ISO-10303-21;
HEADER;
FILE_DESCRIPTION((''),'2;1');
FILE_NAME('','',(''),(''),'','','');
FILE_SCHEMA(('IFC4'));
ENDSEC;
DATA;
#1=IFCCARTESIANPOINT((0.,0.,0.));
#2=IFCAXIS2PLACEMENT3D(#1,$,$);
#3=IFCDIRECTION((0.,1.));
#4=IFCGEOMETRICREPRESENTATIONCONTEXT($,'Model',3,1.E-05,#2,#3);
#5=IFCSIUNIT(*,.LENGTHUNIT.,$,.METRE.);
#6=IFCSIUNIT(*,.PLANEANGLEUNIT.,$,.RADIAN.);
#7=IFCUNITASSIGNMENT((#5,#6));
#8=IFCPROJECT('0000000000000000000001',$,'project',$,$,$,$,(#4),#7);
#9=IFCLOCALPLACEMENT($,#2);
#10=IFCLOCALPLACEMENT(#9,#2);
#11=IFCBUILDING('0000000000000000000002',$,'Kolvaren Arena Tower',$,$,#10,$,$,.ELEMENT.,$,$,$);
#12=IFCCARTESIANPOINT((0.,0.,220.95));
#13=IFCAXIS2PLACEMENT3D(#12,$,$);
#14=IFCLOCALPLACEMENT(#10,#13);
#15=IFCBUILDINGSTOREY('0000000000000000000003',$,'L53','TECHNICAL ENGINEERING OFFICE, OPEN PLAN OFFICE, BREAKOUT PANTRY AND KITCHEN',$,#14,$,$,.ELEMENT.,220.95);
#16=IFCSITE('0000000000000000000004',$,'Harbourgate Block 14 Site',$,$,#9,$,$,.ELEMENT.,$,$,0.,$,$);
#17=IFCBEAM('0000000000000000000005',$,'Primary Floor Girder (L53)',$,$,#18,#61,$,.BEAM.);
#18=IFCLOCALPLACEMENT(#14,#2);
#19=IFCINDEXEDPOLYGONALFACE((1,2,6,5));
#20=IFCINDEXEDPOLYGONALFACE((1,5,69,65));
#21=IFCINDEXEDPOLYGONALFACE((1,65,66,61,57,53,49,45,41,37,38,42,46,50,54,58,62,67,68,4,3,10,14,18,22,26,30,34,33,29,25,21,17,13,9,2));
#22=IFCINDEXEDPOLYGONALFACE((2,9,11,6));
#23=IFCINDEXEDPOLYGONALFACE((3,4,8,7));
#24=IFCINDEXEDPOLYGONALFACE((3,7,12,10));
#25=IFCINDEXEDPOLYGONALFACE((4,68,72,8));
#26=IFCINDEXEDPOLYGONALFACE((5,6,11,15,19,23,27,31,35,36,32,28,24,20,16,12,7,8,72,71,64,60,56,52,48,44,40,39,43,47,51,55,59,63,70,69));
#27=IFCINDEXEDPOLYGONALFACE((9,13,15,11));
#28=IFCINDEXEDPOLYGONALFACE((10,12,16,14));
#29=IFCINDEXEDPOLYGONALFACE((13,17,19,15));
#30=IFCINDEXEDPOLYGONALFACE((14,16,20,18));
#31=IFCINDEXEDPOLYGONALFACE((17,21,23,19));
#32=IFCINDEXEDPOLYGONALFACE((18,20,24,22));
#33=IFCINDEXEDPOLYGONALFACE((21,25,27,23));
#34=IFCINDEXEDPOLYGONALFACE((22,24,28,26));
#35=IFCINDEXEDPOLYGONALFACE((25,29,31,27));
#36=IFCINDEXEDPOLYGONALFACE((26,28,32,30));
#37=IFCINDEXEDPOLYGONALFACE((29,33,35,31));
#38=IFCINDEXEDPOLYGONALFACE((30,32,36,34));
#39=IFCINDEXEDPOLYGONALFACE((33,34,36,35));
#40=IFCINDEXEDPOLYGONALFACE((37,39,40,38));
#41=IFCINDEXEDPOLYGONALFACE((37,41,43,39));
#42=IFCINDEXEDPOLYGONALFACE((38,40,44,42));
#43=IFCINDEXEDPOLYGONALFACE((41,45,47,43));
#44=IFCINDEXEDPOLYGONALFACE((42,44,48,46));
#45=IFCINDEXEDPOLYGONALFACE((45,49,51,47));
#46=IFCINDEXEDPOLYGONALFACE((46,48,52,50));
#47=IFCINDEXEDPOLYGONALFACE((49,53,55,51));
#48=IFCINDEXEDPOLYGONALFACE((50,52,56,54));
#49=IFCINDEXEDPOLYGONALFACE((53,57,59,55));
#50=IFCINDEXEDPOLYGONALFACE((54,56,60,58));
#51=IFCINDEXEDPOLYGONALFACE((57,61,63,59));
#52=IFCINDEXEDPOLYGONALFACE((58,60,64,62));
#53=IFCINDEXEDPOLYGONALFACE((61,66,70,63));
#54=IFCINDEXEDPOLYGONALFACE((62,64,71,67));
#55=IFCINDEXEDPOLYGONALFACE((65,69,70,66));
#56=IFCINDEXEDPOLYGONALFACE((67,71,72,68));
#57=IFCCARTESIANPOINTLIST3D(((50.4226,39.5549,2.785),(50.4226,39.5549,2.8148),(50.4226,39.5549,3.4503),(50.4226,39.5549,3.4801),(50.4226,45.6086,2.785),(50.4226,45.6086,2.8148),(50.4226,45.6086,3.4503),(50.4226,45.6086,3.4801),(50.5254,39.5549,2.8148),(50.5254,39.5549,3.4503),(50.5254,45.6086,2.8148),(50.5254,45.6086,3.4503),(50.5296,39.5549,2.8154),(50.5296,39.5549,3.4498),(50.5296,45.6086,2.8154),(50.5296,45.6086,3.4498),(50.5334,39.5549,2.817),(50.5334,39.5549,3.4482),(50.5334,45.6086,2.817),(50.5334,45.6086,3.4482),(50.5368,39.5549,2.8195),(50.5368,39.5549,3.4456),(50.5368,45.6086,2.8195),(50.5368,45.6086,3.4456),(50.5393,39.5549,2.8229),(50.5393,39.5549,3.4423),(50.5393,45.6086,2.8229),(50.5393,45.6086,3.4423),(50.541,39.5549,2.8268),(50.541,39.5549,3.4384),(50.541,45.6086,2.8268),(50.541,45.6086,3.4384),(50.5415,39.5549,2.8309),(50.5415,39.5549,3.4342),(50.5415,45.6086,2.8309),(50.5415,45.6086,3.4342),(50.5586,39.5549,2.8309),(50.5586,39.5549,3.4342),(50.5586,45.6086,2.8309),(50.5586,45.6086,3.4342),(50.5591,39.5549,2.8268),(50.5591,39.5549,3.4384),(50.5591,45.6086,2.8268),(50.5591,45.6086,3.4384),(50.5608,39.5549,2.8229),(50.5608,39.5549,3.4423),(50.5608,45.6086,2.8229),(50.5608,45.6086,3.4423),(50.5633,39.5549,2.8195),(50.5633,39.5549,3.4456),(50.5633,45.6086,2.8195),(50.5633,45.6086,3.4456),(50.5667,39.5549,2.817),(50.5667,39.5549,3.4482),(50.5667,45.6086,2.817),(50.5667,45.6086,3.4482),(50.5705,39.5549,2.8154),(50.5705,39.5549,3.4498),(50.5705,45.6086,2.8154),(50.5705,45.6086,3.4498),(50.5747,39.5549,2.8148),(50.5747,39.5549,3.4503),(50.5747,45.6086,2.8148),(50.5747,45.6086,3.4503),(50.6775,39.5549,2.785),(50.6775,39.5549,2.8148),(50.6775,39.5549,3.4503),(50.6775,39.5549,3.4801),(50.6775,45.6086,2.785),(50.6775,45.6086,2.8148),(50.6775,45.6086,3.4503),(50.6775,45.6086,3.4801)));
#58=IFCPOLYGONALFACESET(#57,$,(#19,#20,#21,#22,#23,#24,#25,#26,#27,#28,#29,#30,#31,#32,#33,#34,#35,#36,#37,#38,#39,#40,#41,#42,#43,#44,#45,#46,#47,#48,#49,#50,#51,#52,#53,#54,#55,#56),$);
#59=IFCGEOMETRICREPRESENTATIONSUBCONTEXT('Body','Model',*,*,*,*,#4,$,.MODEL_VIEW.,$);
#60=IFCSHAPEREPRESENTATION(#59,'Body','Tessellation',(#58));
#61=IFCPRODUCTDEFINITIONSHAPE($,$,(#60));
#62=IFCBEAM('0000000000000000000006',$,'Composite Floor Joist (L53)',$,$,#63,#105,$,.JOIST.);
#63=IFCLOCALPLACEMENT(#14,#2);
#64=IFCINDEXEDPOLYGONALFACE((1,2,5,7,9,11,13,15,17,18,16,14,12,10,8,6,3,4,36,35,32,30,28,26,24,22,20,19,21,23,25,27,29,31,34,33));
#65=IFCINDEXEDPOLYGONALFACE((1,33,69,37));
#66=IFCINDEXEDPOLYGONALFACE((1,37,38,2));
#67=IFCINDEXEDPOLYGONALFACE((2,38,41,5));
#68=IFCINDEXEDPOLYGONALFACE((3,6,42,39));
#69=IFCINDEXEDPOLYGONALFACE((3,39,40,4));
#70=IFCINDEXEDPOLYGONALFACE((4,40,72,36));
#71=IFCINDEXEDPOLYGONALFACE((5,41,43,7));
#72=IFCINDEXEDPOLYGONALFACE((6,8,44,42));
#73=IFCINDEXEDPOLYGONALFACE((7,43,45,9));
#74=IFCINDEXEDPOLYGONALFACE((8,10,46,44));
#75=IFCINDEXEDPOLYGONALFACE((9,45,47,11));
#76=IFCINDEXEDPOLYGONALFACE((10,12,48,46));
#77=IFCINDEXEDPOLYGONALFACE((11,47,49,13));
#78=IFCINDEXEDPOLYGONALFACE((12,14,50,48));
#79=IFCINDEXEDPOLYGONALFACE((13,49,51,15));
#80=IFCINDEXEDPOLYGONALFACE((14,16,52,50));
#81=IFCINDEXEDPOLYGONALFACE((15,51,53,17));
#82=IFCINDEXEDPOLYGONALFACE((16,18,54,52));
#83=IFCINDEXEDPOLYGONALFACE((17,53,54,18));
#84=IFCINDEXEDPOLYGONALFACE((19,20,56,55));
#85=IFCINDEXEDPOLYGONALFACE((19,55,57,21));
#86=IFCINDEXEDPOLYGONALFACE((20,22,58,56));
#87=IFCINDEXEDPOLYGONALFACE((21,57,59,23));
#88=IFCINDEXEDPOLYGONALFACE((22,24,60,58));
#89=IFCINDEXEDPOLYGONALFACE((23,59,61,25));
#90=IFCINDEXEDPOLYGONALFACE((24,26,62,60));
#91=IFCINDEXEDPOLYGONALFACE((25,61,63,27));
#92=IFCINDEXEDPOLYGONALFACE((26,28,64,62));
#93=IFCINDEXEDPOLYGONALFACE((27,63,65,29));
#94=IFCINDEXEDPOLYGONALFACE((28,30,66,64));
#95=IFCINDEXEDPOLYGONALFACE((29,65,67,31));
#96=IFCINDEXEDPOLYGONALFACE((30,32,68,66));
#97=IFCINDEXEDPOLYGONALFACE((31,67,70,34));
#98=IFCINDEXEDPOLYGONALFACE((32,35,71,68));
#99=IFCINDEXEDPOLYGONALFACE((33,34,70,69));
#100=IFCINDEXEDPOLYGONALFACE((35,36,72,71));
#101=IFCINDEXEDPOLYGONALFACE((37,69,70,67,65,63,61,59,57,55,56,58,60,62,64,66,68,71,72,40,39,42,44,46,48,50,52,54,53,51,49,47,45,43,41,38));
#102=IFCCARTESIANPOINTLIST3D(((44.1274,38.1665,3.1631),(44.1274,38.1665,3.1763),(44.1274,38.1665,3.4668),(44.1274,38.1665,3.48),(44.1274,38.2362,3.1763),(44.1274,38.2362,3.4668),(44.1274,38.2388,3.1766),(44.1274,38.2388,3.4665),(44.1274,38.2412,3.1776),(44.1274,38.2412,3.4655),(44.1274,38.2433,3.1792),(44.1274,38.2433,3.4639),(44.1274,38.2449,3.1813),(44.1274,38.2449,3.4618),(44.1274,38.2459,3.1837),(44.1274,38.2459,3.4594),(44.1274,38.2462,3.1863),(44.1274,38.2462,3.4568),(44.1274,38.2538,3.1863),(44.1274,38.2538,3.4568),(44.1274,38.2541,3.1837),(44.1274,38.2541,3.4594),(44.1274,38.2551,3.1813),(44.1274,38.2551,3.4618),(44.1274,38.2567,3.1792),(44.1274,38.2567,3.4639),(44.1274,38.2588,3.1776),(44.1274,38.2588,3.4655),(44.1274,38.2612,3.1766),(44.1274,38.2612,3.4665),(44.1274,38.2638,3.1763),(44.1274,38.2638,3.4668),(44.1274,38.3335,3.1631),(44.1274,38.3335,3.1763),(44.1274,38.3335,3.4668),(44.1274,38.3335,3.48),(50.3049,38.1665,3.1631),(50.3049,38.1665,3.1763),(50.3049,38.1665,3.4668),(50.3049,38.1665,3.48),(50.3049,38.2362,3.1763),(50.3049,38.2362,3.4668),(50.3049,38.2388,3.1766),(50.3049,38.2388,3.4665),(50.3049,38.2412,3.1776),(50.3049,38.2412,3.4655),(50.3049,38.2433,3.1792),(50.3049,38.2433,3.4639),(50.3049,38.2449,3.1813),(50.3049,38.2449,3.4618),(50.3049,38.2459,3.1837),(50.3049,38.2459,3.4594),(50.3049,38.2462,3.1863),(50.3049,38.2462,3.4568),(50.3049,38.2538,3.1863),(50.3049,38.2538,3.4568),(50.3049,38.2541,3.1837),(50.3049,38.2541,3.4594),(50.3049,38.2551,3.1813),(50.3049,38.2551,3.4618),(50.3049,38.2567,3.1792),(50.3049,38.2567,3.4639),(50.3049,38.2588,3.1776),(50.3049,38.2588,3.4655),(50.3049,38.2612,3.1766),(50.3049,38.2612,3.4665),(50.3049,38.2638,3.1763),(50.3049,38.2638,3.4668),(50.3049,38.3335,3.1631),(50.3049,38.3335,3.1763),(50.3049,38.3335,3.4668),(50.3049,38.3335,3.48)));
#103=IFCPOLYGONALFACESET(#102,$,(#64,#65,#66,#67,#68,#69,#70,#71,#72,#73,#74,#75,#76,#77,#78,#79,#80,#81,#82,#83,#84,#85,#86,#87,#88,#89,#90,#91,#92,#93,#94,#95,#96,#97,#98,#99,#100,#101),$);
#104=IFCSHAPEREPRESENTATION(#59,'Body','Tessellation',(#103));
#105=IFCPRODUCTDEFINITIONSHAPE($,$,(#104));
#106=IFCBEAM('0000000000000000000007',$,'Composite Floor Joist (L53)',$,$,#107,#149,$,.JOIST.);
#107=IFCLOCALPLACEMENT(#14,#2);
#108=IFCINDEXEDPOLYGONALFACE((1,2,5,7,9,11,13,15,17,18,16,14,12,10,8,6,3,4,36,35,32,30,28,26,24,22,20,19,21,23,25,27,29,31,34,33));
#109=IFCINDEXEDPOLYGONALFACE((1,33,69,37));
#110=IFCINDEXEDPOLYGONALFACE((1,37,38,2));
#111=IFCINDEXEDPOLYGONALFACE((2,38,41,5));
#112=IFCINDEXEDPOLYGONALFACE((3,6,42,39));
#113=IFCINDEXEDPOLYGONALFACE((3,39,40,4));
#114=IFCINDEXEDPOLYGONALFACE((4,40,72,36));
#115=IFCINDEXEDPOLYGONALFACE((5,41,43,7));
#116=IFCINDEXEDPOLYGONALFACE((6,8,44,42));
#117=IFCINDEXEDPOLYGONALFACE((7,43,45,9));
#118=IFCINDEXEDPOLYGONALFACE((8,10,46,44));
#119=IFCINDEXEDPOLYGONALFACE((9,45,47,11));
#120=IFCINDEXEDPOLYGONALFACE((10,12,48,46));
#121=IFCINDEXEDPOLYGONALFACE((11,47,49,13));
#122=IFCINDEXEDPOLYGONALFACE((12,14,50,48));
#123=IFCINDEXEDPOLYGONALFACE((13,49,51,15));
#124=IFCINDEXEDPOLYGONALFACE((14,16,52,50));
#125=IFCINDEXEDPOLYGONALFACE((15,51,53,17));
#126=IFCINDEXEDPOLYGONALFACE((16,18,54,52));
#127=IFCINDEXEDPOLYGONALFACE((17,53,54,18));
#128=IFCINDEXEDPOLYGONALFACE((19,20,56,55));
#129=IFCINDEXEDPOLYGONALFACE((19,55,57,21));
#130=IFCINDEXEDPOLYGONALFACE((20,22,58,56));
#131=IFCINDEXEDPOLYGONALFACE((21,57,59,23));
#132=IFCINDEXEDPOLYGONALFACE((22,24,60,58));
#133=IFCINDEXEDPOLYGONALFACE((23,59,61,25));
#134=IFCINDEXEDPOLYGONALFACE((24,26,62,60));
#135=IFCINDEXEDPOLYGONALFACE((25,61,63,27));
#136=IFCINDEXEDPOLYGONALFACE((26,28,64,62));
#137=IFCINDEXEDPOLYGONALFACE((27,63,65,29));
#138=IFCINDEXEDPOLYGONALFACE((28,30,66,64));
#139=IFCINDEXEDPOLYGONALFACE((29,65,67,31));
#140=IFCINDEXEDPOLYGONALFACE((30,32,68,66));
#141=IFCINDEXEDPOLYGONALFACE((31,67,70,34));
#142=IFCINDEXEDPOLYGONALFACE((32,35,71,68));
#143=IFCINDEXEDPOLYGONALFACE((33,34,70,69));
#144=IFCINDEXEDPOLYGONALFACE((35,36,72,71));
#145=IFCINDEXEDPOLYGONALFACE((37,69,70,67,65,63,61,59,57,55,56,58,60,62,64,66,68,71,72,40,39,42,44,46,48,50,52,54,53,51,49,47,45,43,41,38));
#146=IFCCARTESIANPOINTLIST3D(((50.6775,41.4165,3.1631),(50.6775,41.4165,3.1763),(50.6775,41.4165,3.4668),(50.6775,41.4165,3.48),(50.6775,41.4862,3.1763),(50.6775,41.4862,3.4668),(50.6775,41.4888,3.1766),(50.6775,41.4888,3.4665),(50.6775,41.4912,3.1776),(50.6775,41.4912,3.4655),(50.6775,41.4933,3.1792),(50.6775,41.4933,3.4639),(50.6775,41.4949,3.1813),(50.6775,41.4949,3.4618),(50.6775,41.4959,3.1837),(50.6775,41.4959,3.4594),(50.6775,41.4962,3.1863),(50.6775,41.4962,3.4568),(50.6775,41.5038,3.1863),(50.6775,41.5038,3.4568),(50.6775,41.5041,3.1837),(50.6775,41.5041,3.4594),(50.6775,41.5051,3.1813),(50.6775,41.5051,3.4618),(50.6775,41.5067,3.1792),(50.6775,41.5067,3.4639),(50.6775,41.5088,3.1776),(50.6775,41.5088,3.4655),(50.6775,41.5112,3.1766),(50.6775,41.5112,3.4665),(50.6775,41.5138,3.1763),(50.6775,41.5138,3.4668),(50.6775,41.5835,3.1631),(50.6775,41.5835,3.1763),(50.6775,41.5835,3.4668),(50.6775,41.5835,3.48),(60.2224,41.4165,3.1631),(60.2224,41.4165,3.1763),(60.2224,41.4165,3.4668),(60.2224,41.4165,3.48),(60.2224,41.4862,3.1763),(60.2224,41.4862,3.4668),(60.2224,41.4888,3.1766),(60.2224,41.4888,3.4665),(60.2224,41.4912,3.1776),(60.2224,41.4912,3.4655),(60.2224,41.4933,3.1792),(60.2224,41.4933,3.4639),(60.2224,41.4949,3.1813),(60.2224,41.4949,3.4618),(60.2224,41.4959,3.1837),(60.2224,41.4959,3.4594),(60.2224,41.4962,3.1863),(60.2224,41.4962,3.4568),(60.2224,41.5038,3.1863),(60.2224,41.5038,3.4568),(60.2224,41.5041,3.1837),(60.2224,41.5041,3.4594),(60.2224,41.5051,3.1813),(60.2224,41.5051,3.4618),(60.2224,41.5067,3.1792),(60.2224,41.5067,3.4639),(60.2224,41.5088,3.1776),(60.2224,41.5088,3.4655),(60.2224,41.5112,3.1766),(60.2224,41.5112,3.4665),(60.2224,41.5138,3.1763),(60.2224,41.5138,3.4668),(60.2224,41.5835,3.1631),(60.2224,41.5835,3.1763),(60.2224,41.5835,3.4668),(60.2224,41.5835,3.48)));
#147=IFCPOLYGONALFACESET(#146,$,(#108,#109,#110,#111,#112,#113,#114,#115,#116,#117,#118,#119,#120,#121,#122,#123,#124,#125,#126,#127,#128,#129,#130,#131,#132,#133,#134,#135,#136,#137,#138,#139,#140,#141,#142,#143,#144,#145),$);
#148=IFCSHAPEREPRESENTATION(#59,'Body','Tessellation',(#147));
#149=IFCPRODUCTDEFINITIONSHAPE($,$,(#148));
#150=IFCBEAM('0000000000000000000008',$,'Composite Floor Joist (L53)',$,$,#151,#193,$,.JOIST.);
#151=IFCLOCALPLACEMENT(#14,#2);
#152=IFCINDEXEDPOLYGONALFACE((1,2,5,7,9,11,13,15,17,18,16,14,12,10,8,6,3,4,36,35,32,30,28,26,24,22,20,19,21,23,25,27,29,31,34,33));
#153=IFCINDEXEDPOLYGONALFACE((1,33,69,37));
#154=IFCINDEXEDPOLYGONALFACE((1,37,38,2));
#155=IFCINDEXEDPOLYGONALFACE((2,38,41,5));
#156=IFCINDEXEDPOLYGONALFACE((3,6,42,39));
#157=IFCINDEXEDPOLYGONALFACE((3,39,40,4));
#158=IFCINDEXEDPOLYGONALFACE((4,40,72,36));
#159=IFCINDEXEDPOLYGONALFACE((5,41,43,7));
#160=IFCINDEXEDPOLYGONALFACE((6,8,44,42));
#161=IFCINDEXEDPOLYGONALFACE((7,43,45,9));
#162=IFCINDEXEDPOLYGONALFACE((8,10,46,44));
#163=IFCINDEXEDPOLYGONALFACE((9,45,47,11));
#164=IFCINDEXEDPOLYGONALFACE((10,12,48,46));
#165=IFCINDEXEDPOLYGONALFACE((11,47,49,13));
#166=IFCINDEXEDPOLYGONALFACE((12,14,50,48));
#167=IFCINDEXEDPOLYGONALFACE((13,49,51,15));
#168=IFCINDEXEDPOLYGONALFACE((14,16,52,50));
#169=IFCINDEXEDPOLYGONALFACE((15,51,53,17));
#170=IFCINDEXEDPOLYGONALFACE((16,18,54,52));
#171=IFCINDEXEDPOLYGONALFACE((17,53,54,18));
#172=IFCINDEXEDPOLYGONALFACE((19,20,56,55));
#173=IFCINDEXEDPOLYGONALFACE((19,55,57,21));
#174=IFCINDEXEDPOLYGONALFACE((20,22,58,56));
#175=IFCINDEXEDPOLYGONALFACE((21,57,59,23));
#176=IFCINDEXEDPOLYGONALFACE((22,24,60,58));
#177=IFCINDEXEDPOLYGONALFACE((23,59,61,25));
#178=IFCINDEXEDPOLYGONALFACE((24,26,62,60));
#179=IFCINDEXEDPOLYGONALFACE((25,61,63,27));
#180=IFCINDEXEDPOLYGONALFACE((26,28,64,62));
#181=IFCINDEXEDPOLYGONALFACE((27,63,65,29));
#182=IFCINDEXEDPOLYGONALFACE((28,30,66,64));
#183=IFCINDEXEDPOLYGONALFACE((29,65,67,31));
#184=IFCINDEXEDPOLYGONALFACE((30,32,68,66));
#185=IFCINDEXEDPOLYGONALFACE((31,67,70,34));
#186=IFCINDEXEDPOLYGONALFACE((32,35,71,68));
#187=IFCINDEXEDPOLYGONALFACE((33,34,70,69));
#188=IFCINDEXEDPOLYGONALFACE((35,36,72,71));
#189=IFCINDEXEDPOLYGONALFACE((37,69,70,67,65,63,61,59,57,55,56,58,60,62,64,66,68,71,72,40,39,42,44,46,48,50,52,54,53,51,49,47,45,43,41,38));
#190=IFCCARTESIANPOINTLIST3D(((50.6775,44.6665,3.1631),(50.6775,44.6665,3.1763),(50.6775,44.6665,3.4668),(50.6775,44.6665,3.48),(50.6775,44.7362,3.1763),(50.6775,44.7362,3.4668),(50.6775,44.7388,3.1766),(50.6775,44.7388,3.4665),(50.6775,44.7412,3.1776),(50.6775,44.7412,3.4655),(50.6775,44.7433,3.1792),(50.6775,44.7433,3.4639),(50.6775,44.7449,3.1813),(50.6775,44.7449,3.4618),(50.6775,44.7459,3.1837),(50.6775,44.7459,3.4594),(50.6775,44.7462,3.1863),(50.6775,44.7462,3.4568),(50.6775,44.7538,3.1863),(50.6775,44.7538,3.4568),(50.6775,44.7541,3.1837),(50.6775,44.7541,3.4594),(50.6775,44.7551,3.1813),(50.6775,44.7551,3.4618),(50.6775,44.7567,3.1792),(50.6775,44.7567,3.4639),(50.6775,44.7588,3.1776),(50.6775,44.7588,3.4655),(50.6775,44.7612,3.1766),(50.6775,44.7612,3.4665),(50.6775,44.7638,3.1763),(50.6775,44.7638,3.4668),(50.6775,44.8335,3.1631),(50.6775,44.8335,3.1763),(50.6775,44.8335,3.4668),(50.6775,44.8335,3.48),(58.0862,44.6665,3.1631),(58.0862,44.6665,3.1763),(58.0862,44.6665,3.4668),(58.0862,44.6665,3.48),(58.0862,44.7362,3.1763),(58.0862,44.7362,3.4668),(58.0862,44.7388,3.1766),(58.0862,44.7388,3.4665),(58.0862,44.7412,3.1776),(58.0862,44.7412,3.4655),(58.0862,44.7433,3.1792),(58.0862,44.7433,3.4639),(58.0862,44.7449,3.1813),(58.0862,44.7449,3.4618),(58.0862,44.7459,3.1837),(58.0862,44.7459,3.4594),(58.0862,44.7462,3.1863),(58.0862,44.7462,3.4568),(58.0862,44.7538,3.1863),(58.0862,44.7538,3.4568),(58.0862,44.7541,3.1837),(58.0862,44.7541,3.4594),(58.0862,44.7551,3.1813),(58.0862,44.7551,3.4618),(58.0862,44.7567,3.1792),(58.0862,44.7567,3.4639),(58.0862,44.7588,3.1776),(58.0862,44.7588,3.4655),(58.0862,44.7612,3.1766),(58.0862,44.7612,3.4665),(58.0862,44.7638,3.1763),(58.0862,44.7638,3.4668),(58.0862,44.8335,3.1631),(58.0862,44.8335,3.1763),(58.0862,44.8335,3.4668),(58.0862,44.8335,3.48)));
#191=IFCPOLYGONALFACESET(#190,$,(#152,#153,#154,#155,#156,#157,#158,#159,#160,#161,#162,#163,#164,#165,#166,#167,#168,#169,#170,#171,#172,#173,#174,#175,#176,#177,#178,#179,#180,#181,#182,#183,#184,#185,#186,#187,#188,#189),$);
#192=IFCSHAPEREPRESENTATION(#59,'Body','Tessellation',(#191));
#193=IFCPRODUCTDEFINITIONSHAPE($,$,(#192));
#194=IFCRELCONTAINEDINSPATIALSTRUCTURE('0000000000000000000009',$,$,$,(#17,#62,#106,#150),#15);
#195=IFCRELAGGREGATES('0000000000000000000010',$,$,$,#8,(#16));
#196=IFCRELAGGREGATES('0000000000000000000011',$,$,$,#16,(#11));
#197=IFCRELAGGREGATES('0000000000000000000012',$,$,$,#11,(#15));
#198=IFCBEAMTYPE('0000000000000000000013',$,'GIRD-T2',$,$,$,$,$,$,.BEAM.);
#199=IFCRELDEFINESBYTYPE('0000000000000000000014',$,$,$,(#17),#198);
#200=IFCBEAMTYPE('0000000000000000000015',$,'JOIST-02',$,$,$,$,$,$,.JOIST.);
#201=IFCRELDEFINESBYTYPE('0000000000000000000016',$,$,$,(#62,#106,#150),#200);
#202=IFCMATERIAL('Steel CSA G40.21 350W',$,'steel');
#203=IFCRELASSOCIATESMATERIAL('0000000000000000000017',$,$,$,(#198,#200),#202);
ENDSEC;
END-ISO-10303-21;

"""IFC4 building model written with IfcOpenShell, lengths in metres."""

from ifc_helpers import new_model, si_unit, direction, frame, origin, origin_2d, place, context, subcontext, project, spatial, i_section, extrude, material, material_profile, profile_set, type_object, element, save


model = new_model("IFC4")

# Units and contexts
model_context = context("Model", 3, precision=1e-05, world=origin(), true_north=direction((0.0, 1.0)))
body_context = subcontext(model_context, "Body", "Model", "MODEL_VIEW")
ifc_project = project(units=[si_unit("LENGTHUNIT", "METRE"), si_unit("PLANEANGLEUNIT", "RADIAN")], contexts=[model_context])

# Site, building, storey
site_placement = place(None, origin())
site = spatial("IfcSite", under=ifc_project, at=site_placement, Name="Harbourgate Block 14 Site", CompositionType="ELEMENT", RefElevation=0.0)
building_placement = place(site_placement, origin())
building = spatial("IfcBuilding", under=site, at=building_placement, Name="Kolvaren Arena Tower", CompositionType="ELEMENT")
storey_placement = place(building_placement, frame((0.0, 0.0, 220.95)))
storey = spatial("IfcBuildingStorey", under=building, at=storey_placement, Name="L53", Description="TECHNICAL ENGINEERING OFFICE, OPEN PLAN OFFICE, BREAKOUT PANTRY AND KITCHEN", CompositionType="ELEMENT", Elevation=220.95)

# Beams
ifc_material_1 = material(Name="Steel CSA G40.21 350W", Category="steel")
ifc_material_profile_1 = material_profile(ifc_material_1, i_section(OverallWidth=0.2549, OverallDepth=0.6951, WebThickness=0.0171, FlangeThickness=0.0298, FilletRadius=0.0161, at=origin_2d()), Name="W690x217")
ifc_profile_set_1 = profile_set([ifc_material_profile_1], Name="Steel CSA G40.21 350W")
beam_type_1 = type_object("IfcBeamType", Name="GIRD-T2", PredefinedType="BEAM", material=ifc_profile_set_1)
beam_1_placement = place(storey_placement, frame((50.55, 39.5549, 3.1326), z_axis=(0.0, 1.0, 0.0), x_axis=(-1.0, 0.0, 0.0)))
element("IfcBeam", 1, at=beam_1_placement, inside=storey, type_object=beam_type_1, Name="Primary Floor Girder (L53)", PredefinedType="BEAM", context=body_context, shape_type="SweptSolid", body=[
    extrude(i_section(OverallWidth=0.2549, OverallDepth=0.6951, WebThickness=0.0171, FlangeThickness=0.0298, FilletRadius=0.0161, at=origin_2d()), origin(), (0.0, 0.0, 1.0), 6.0537),
])
ifc_material_profile_2 = material_profile(ifc_material_1, i_section(OverallWidth=0.167, OverallDepth=0.3169, WebThickness=0.0076, FlangeThickness=0.0132, FilletRadius=0.01, at=origin_2d()), Name="W310x52")
ifc_profile_set_2 = profile_set([ifc_material_profile_2], Name="Steel CSA G40.21 350W")
beam_type_2 = type_object("IfcBeamType", Name="JOIST-02", PredefinedType="JOIST", material=ifc_profile_set_2)
beam_2_placement = place(storey_placement, frame((44.1274, 38.25, 3.3215), z_axis=(1.0, 0.0, 0.0), x_axis=(0.0, 1.0, 0.0)))
element("IfcBeam", 2, at=beam_2_placement, inside=storey, type_object=beam_type_2, Name="Composite Floor Joist (L53)", PredefinedType="JOIST", context=body_context, shape_type="SweptSolid", body=[
    extrude(i_section(OverallWidth=0.167, OverallDepth=0.3169, WebThickness=0.0076, FlangeThickness=0.0132, FilletRadius=0.01, at=origin_2d()), origin(), (0.0, 0.0, 1.0), 6.1775),
])
beam_3_placement = place(storey_placement, frame((50.6775, 41.5, 3.3215), z_axis=(1.0, 0.0, 0.0), x_axis=(0.0, 1.0, 0.0)))
element("IfcBeam", 3, at=beam_3_placement, inside=storey, type_object=beam_type_2, Name="Composite Floor Joist (L53)", PredefinedType="JOIST", context=body_context, shape_type="SweptSolid", body=[
    extrude(i_section(OverallWidth=0.167, OverallDepth=0.3169, WebThickness=0.0076, FlangeThickness=0.0132, FilletRadius=0.01, at=origin_2d()), origin(), (0.0, 0.0, 1.0), 9.5449),
])
beam_4_placement = place(storey_placement, frame((50.6775, 44.75, 3.3215), z_axis=(1.0, 0.0, 0.0), x_axis=(0.0, 1.0, 0.0)))
element("IfcBeam", 4, at=beam_4_placement, inside=storey, type_object=beam_type_2, Name="Composite Floor Joist (L53)", PredefinedType="JOIST", context=body_context, shape_type="SweptSolid", body=[
    extrude(i_section(OverallWidth=0.167, OverallDepth=0.3169, WebThickness=0.0076, FlangeThickness=0.0132, FilletRadius=0.01, at=origin_2d()), origin(), (0.0, 0.0, 1.0), 7.4087),
])

save(model, "model.ifc")
